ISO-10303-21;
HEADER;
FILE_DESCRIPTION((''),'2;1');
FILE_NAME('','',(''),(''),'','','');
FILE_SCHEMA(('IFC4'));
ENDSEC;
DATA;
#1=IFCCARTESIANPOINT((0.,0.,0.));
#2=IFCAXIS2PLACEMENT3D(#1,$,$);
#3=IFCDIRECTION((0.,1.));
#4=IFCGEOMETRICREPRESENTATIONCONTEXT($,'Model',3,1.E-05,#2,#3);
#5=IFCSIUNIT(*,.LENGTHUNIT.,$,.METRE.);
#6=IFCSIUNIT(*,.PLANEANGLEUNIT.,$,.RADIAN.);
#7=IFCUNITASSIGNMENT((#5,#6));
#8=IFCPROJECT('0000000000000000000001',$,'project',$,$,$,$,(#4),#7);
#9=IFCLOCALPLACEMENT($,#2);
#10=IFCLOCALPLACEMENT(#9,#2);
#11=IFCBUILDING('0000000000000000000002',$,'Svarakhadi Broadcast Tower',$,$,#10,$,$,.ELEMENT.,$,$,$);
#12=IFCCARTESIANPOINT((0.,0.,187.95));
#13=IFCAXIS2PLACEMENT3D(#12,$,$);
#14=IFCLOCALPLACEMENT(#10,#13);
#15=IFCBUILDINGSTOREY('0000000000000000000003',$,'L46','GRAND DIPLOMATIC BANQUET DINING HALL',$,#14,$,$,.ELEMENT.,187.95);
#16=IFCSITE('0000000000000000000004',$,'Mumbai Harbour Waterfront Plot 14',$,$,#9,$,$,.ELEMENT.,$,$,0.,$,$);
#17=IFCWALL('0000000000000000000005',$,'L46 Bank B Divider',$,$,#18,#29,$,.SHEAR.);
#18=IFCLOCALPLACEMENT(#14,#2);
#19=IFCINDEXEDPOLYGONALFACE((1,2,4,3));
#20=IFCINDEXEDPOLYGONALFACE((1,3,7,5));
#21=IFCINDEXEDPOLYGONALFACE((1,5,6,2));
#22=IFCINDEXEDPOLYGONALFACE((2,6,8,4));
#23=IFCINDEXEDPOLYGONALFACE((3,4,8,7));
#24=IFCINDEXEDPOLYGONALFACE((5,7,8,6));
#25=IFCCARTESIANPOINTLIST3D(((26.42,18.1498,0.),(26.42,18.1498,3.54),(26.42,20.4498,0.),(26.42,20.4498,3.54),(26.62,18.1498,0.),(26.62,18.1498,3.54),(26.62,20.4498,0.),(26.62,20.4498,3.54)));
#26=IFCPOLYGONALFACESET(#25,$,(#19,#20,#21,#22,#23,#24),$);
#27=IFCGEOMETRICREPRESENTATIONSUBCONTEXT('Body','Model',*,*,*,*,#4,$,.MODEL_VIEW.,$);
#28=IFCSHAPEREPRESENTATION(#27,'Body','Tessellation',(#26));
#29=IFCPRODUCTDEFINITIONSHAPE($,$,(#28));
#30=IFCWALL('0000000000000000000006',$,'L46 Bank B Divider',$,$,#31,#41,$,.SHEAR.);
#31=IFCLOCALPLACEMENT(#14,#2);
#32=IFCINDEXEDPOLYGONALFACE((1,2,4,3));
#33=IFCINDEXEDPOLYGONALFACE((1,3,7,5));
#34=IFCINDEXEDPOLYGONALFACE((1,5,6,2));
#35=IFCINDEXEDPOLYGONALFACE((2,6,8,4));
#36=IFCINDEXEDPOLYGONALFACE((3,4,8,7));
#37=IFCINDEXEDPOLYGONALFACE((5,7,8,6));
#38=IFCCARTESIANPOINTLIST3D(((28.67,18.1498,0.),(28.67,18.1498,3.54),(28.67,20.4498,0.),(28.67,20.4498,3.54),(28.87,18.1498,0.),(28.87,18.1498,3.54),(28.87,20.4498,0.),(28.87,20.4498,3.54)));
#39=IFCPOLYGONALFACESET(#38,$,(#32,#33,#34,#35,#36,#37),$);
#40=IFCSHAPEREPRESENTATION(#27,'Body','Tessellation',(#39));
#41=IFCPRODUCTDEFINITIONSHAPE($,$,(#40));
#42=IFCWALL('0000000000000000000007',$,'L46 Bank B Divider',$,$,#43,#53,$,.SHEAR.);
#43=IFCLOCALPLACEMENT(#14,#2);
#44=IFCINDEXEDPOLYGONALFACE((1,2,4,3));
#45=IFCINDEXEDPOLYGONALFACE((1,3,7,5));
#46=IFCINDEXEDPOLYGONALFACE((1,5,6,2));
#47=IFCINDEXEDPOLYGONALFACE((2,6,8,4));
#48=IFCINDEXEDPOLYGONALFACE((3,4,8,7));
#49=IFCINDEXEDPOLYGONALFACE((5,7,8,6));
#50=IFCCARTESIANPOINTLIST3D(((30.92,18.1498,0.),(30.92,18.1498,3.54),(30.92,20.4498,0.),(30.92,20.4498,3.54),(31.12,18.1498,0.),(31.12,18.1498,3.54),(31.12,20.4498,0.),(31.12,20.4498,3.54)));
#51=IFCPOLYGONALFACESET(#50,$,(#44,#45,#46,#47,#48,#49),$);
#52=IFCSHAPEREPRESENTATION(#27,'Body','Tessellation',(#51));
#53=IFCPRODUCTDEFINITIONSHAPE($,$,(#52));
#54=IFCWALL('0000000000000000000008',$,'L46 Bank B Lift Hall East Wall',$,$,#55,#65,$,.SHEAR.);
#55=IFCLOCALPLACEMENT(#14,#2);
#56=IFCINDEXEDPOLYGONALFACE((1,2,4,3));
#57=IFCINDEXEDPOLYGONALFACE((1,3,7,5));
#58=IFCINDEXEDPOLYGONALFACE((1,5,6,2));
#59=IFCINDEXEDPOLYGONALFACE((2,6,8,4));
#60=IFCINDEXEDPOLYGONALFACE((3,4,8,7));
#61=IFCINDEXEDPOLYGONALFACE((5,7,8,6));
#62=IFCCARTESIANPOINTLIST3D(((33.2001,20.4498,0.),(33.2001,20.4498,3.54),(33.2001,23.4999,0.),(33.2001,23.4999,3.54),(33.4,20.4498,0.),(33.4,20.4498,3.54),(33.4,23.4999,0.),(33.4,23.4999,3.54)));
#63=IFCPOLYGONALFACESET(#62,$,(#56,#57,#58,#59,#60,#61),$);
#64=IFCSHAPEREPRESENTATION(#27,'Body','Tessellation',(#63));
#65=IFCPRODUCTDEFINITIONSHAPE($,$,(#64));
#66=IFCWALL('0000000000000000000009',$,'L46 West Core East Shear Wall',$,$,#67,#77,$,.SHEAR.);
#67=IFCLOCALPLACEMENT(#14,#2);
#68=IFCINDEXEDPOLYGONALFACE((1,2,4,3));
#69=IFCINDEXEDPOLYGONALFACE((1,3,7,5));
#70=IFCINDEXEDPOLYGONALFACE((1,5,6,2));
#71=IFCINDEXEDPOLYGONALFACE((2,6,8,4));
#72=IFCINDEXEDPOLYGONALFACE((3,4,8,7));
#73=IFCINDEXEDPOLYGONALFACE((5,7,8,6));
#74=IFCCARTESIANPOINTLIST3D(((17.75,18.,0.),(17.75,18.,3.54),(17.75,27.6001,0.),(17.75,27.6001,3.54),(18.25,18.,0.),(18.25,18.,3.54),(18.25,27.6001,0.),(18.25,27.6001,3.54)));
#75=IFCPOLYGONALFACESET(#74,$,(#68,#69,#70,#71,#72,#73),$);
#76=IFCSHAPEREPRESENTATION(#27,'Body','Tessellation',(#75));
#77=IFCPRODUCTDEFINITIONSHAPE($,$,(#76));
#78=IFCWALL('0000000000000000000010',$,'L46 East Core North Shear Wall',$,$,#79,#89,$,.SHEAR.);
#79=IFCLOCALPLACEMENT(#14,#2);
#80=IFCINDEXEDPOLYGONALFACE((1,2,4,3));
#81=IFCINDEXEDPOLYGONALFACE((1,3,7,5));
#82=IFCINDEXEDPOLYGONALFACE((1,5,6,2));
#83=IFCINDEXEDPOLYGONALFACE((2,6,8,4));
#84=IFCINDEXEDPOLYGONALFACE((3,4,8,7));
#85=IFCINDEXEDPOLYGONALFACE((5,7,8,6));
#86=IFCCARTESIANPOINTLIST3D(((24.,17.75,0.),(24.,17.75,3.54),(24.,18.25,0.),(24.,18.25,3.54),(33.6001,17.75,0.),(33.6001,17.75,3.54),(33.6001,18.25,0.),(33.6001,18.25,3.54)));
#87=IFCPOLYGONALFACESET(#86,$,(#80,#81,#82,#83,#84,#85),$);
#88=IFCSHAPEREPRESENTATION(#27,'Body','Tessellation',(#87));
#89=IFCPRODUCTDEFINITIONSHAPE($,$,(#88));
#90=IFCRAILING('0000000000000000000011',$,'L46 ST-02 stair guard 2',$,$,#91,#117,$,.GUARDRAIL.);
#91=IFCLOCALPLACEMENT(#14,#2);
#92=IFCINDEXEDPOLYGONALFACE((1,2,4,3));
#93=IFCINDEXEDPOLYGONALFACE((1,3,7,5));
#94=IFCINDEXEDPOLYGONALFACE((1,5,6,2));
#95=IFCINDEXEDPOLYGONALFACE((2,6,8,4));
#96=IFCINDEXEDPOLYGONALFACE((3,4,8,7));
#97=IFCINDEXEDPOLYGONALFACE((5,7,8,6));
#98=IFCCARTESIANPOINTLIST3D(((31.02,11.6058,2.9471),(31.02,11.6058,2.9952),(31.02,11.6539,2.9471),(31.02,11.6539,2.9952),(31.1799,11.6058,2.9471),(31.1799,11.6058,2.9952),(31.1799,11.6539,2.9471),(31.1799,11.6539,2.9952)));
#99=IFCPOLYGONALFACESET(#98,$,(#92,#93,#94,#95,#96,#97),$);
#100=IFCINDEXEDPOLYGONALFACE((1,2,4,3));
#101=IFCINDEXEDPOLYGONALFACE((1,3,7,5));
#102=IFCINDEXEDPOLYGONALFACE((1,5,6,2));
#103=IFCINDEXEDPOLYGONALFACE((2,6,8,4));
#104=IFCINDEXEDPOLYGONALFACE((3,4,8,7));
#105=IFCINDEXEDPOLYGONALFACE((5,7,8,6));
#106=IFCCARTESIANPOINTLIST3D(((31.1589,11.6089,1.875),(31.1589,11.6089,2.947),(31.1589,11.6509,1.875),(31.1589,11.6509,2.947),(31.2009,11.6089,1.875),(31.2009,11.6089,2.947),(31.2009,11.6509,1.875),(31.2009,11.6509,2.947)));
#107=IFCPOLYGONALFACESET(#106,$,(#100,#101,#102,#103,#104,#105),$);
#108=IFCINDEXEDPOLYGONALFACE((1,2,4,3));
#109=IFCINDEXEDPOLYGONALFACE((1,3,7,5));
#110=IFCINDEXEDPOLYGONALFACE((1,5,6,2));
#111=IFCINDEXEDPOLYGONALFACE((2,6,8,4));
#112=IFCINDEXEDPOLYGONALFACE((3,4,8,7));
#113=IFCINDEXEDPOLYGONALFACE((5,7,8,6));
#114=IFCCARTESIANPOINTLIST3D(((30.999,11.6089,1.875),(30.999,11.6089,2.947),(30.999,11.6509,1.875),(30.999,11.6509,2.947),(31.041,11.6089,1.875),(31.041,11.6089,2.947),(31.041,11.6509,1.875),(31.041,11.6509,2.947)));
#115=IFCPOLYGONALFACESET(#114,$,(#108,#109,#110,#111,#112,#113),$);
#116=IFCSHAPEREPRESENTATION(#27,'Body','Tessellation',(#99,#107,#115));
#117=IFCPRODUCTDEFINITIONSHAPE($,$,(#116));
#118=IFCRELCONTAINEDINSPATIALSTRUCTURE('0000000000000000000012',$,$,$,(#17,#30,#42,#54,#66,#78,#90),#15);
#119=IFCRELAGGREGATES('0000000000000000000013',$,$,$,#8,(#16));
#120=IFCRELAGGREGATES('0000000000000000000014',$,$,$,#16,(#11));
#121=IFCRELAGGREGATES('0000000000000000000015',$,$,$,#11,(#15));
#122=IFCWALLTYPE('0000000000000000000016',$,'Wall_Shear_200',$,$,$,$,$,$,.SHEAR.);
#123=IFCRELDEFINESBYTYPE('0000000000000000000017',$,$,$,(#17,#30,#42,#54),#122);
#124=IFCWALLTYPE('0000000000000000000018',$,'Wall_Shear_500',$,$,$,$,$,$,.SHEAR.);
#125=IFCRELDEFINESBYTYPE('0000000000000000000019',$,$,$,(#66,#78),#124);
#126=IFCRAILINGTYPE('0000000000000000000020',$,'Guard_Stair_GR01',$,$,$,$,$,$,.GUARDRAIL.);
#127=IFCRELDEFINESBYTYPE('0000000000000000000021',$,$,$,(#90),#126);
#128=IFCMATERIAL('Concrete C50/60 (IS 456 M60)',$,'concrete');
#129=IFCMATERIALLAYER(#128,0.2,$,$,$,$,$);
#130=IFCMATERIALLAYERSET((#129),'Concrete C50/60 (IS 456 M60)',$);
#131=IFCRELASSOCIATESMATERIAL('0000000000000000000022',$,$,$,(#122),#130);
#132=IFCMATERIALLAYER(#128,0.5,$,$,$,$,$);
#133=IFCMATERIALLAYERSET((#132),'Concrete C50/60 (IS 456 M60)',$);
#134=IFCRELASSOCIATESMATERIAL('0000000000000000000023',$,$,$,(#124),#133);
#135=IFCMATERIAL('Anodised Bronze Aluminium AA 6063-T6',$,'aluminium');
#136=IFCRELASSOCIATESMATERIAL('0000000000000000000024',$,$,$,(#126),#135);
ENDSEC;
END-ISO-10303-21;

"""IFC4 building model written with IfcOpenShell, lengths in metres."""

from ifc_helpers import new_model, si_unit, direction, frame, frame_2d, origin, origin_2d, place, context, subcontext, project, spatial, rectangle, extrude, material, layer, layer_set, type_object, element, save


model = new_model("IFC4")

# Units and contexts
model_context = context("Model", 3, precision=1e-05, world=origin(), true_north=direction((0.0, 1.0)))
body_context = subcontext(model_context, "Body", "Model", "MODEL_VIEW")
ifc_project = project(units=[si_unit("LENGTHUNIT", "METRE"), si_unit("PLANEANGLEUNIT", "RADIAN")], contexts=[model_context])

# Site, building, storey
site_placement = place(None, origin())
site = spatial("IfcSite", under=ifc_project, at=site_placement, Name="Mumbai Harbour Waterfront Plot 14", CompositionType="ELEMENT", RefElevation=0.0)
building_placement = place(site_placement, origin())
building = spatial("IfcBuilding", under=site, at=building_placement, Name="Svarakhadi Broadcast Tower", CompositionType="ELEMENT")
storey_placement = place(building_placement, frame((0.0, 0.0, 187.95)))
storey = spatial("IfcBuildingStorey", under=building, at=storey_placement, Name="L46", Description="GRAND DIPLOMATIC BANQUET DINING HALL", CompositionType="ELEMENT", Elevation=187.95)

# Shared definitions
ifc_material_1 = material(Name="Concrete C50/60 (IS 456 M60)", Category="concrete")

# Shared definitions
ifc_layer_1 = layer(ifc_material_1, 0.2)
ifc_layer_set_1 = layer_set([ifc_layer_1], Name="Concrete C50/60 (IS 456 M60)")
wall_type_1 = type_object("IfcWallType", Name="Wall_Shear_200", PredefinedType="SHEAR", material=ifc_layer_set_1)

# Walls
for number, where, z_axis, x_axis, name in (
    (1, (26.52, 18.1499, 0.0), (0.0, 0.0, 1.0), (0.0, 1.0, 0.0), "L46 Bank B Divider"),
    (2, (28.77, 18.1499, 0.0), (0.0, 0.0, 1.0), (0.0, 1.0, 0.0), "L46 Bank B Divider"),
    (3, (31.02, 18.1499, 0.0), (0.0, 0.0, 1.0), (0.0, 1.0, 0.0), "L46 Bank B Divider"),
):
    element("IfcWall", number, at=place(storey_placement, frame(where, z_axis=z_axis, x_axis=x_axis)), inside=storey, type_object=wall_type_1, Name=name, PredefinedType="SHEAR", context=body_context, shape_type="SweptSolid", body=[
        extrude(rectangle(XDim=2.3, YDim=0.2, at=frame_2d((1.1499, 0.0))), origin(), (0.0, 0.0, 1.0), 3.54),
    ])
wall_1_placement = place(storey_placement, frame((33.3, 20.45, 0.0), z_axis=(0.0, 0.0, 1.0), x_axis=(0.0, 1.0, 0.0)))
element("IfcWall", 4, at=wall_1_placement, inside=storey, type_object=wall_type_1, Name="L46 Bank B Lift Hall East Wall", PredefinedType="SHEAR", context=body_context, shape_type="SweptSolid", body=[
    extrude(rectangle(XDim=3.05, YDim=0.2, at=frame_2d((1.5249, 0.0))), origin(), (0.0, 0.0, 1.0), 3.54),
])

# Walls
ifc_layer_2 = layer(ifc_material_1, 0.5)
ifc_layer_set_2 = layer_set([ifc_layer_2], Name="Concrete C50/60 (IS 456 M60)")
wall_type_2 = type_object("IfcWallType", Name="Wall_Shear_500", PredefinedType="SHEAR", material=ifc_layer_set_2)
for number, where, z_axis, x_axis, name in (
    (5, (18.0, 18.0, 0.0), (0.0, 0.0, 1.0), (0.0, 1.0, 0.0), "L46 West Core East Shear Wall"),
    (6, (24.0, 18.0, 0.0), (0.0, 0.0, 1.0), (1.0, 0.0, 0.0), "L46 East Core North Shear Wall"),
):
    element("IfcWall", number, at=place(storey_placement, frame(where, z_axis=z_axis, x_axis=x_axis)), inside=storey, type_object=wall_type_2, Name=name, PredefinedType="SHEAR", context=body_context, shape_type="SweptSolid", body=[
        extrude(rectangle(XDim=9.6001, YDim=0.5, at=frame_2d((4.8, 0.0))), origin(), (0.0, 0.0, 1.0), 3.54),
    ])

# Railing
ifc_material_2 = material(Name="Anodised Bronze Aluminium AA 6063-T6", Category="aluminium")
railing_type = type_object("IfcRailingType", Name="Guard_Stair_GR01", PredefinedType="GUARDRAIL", material=ifc_material_2)
railing_placement = place(storey_placement, frame((31.1799, 11.6299, 1.875)))
element("IfcRailing", 7, at=railing_placement, inside=storey, type_object=railing_type, Name="L46 ST-02 stair guard 2", PredefinedType="GUARDRAIL", context=body_context, shape_type="SweptSolid", body=[
    extrude(rectangle(XDim=0.0481, YDim=0.0481, at=origin_2d()), frame((0.0, 0.0, 1.0962), z_axis=(-1.0, 0.0, 0.0), x_axis=(0.0, -1.0, 0.0)), (0.0, 0.0, 1.0), 0.1599),
    extrude(rectangle(XDim=0.042, YDim=0.042, at=origin_2d()), origin(), (0.0, 0.0, 1.0), 1.072),
    extrude(rectangle(XDim=0.042, YDim=0.042, at=origin_2d()), frame((-0.1599, 0.0, 0.0)), (0.0, 0.0, 1.0), 1.072),
])

save(model, "model.ifc")
